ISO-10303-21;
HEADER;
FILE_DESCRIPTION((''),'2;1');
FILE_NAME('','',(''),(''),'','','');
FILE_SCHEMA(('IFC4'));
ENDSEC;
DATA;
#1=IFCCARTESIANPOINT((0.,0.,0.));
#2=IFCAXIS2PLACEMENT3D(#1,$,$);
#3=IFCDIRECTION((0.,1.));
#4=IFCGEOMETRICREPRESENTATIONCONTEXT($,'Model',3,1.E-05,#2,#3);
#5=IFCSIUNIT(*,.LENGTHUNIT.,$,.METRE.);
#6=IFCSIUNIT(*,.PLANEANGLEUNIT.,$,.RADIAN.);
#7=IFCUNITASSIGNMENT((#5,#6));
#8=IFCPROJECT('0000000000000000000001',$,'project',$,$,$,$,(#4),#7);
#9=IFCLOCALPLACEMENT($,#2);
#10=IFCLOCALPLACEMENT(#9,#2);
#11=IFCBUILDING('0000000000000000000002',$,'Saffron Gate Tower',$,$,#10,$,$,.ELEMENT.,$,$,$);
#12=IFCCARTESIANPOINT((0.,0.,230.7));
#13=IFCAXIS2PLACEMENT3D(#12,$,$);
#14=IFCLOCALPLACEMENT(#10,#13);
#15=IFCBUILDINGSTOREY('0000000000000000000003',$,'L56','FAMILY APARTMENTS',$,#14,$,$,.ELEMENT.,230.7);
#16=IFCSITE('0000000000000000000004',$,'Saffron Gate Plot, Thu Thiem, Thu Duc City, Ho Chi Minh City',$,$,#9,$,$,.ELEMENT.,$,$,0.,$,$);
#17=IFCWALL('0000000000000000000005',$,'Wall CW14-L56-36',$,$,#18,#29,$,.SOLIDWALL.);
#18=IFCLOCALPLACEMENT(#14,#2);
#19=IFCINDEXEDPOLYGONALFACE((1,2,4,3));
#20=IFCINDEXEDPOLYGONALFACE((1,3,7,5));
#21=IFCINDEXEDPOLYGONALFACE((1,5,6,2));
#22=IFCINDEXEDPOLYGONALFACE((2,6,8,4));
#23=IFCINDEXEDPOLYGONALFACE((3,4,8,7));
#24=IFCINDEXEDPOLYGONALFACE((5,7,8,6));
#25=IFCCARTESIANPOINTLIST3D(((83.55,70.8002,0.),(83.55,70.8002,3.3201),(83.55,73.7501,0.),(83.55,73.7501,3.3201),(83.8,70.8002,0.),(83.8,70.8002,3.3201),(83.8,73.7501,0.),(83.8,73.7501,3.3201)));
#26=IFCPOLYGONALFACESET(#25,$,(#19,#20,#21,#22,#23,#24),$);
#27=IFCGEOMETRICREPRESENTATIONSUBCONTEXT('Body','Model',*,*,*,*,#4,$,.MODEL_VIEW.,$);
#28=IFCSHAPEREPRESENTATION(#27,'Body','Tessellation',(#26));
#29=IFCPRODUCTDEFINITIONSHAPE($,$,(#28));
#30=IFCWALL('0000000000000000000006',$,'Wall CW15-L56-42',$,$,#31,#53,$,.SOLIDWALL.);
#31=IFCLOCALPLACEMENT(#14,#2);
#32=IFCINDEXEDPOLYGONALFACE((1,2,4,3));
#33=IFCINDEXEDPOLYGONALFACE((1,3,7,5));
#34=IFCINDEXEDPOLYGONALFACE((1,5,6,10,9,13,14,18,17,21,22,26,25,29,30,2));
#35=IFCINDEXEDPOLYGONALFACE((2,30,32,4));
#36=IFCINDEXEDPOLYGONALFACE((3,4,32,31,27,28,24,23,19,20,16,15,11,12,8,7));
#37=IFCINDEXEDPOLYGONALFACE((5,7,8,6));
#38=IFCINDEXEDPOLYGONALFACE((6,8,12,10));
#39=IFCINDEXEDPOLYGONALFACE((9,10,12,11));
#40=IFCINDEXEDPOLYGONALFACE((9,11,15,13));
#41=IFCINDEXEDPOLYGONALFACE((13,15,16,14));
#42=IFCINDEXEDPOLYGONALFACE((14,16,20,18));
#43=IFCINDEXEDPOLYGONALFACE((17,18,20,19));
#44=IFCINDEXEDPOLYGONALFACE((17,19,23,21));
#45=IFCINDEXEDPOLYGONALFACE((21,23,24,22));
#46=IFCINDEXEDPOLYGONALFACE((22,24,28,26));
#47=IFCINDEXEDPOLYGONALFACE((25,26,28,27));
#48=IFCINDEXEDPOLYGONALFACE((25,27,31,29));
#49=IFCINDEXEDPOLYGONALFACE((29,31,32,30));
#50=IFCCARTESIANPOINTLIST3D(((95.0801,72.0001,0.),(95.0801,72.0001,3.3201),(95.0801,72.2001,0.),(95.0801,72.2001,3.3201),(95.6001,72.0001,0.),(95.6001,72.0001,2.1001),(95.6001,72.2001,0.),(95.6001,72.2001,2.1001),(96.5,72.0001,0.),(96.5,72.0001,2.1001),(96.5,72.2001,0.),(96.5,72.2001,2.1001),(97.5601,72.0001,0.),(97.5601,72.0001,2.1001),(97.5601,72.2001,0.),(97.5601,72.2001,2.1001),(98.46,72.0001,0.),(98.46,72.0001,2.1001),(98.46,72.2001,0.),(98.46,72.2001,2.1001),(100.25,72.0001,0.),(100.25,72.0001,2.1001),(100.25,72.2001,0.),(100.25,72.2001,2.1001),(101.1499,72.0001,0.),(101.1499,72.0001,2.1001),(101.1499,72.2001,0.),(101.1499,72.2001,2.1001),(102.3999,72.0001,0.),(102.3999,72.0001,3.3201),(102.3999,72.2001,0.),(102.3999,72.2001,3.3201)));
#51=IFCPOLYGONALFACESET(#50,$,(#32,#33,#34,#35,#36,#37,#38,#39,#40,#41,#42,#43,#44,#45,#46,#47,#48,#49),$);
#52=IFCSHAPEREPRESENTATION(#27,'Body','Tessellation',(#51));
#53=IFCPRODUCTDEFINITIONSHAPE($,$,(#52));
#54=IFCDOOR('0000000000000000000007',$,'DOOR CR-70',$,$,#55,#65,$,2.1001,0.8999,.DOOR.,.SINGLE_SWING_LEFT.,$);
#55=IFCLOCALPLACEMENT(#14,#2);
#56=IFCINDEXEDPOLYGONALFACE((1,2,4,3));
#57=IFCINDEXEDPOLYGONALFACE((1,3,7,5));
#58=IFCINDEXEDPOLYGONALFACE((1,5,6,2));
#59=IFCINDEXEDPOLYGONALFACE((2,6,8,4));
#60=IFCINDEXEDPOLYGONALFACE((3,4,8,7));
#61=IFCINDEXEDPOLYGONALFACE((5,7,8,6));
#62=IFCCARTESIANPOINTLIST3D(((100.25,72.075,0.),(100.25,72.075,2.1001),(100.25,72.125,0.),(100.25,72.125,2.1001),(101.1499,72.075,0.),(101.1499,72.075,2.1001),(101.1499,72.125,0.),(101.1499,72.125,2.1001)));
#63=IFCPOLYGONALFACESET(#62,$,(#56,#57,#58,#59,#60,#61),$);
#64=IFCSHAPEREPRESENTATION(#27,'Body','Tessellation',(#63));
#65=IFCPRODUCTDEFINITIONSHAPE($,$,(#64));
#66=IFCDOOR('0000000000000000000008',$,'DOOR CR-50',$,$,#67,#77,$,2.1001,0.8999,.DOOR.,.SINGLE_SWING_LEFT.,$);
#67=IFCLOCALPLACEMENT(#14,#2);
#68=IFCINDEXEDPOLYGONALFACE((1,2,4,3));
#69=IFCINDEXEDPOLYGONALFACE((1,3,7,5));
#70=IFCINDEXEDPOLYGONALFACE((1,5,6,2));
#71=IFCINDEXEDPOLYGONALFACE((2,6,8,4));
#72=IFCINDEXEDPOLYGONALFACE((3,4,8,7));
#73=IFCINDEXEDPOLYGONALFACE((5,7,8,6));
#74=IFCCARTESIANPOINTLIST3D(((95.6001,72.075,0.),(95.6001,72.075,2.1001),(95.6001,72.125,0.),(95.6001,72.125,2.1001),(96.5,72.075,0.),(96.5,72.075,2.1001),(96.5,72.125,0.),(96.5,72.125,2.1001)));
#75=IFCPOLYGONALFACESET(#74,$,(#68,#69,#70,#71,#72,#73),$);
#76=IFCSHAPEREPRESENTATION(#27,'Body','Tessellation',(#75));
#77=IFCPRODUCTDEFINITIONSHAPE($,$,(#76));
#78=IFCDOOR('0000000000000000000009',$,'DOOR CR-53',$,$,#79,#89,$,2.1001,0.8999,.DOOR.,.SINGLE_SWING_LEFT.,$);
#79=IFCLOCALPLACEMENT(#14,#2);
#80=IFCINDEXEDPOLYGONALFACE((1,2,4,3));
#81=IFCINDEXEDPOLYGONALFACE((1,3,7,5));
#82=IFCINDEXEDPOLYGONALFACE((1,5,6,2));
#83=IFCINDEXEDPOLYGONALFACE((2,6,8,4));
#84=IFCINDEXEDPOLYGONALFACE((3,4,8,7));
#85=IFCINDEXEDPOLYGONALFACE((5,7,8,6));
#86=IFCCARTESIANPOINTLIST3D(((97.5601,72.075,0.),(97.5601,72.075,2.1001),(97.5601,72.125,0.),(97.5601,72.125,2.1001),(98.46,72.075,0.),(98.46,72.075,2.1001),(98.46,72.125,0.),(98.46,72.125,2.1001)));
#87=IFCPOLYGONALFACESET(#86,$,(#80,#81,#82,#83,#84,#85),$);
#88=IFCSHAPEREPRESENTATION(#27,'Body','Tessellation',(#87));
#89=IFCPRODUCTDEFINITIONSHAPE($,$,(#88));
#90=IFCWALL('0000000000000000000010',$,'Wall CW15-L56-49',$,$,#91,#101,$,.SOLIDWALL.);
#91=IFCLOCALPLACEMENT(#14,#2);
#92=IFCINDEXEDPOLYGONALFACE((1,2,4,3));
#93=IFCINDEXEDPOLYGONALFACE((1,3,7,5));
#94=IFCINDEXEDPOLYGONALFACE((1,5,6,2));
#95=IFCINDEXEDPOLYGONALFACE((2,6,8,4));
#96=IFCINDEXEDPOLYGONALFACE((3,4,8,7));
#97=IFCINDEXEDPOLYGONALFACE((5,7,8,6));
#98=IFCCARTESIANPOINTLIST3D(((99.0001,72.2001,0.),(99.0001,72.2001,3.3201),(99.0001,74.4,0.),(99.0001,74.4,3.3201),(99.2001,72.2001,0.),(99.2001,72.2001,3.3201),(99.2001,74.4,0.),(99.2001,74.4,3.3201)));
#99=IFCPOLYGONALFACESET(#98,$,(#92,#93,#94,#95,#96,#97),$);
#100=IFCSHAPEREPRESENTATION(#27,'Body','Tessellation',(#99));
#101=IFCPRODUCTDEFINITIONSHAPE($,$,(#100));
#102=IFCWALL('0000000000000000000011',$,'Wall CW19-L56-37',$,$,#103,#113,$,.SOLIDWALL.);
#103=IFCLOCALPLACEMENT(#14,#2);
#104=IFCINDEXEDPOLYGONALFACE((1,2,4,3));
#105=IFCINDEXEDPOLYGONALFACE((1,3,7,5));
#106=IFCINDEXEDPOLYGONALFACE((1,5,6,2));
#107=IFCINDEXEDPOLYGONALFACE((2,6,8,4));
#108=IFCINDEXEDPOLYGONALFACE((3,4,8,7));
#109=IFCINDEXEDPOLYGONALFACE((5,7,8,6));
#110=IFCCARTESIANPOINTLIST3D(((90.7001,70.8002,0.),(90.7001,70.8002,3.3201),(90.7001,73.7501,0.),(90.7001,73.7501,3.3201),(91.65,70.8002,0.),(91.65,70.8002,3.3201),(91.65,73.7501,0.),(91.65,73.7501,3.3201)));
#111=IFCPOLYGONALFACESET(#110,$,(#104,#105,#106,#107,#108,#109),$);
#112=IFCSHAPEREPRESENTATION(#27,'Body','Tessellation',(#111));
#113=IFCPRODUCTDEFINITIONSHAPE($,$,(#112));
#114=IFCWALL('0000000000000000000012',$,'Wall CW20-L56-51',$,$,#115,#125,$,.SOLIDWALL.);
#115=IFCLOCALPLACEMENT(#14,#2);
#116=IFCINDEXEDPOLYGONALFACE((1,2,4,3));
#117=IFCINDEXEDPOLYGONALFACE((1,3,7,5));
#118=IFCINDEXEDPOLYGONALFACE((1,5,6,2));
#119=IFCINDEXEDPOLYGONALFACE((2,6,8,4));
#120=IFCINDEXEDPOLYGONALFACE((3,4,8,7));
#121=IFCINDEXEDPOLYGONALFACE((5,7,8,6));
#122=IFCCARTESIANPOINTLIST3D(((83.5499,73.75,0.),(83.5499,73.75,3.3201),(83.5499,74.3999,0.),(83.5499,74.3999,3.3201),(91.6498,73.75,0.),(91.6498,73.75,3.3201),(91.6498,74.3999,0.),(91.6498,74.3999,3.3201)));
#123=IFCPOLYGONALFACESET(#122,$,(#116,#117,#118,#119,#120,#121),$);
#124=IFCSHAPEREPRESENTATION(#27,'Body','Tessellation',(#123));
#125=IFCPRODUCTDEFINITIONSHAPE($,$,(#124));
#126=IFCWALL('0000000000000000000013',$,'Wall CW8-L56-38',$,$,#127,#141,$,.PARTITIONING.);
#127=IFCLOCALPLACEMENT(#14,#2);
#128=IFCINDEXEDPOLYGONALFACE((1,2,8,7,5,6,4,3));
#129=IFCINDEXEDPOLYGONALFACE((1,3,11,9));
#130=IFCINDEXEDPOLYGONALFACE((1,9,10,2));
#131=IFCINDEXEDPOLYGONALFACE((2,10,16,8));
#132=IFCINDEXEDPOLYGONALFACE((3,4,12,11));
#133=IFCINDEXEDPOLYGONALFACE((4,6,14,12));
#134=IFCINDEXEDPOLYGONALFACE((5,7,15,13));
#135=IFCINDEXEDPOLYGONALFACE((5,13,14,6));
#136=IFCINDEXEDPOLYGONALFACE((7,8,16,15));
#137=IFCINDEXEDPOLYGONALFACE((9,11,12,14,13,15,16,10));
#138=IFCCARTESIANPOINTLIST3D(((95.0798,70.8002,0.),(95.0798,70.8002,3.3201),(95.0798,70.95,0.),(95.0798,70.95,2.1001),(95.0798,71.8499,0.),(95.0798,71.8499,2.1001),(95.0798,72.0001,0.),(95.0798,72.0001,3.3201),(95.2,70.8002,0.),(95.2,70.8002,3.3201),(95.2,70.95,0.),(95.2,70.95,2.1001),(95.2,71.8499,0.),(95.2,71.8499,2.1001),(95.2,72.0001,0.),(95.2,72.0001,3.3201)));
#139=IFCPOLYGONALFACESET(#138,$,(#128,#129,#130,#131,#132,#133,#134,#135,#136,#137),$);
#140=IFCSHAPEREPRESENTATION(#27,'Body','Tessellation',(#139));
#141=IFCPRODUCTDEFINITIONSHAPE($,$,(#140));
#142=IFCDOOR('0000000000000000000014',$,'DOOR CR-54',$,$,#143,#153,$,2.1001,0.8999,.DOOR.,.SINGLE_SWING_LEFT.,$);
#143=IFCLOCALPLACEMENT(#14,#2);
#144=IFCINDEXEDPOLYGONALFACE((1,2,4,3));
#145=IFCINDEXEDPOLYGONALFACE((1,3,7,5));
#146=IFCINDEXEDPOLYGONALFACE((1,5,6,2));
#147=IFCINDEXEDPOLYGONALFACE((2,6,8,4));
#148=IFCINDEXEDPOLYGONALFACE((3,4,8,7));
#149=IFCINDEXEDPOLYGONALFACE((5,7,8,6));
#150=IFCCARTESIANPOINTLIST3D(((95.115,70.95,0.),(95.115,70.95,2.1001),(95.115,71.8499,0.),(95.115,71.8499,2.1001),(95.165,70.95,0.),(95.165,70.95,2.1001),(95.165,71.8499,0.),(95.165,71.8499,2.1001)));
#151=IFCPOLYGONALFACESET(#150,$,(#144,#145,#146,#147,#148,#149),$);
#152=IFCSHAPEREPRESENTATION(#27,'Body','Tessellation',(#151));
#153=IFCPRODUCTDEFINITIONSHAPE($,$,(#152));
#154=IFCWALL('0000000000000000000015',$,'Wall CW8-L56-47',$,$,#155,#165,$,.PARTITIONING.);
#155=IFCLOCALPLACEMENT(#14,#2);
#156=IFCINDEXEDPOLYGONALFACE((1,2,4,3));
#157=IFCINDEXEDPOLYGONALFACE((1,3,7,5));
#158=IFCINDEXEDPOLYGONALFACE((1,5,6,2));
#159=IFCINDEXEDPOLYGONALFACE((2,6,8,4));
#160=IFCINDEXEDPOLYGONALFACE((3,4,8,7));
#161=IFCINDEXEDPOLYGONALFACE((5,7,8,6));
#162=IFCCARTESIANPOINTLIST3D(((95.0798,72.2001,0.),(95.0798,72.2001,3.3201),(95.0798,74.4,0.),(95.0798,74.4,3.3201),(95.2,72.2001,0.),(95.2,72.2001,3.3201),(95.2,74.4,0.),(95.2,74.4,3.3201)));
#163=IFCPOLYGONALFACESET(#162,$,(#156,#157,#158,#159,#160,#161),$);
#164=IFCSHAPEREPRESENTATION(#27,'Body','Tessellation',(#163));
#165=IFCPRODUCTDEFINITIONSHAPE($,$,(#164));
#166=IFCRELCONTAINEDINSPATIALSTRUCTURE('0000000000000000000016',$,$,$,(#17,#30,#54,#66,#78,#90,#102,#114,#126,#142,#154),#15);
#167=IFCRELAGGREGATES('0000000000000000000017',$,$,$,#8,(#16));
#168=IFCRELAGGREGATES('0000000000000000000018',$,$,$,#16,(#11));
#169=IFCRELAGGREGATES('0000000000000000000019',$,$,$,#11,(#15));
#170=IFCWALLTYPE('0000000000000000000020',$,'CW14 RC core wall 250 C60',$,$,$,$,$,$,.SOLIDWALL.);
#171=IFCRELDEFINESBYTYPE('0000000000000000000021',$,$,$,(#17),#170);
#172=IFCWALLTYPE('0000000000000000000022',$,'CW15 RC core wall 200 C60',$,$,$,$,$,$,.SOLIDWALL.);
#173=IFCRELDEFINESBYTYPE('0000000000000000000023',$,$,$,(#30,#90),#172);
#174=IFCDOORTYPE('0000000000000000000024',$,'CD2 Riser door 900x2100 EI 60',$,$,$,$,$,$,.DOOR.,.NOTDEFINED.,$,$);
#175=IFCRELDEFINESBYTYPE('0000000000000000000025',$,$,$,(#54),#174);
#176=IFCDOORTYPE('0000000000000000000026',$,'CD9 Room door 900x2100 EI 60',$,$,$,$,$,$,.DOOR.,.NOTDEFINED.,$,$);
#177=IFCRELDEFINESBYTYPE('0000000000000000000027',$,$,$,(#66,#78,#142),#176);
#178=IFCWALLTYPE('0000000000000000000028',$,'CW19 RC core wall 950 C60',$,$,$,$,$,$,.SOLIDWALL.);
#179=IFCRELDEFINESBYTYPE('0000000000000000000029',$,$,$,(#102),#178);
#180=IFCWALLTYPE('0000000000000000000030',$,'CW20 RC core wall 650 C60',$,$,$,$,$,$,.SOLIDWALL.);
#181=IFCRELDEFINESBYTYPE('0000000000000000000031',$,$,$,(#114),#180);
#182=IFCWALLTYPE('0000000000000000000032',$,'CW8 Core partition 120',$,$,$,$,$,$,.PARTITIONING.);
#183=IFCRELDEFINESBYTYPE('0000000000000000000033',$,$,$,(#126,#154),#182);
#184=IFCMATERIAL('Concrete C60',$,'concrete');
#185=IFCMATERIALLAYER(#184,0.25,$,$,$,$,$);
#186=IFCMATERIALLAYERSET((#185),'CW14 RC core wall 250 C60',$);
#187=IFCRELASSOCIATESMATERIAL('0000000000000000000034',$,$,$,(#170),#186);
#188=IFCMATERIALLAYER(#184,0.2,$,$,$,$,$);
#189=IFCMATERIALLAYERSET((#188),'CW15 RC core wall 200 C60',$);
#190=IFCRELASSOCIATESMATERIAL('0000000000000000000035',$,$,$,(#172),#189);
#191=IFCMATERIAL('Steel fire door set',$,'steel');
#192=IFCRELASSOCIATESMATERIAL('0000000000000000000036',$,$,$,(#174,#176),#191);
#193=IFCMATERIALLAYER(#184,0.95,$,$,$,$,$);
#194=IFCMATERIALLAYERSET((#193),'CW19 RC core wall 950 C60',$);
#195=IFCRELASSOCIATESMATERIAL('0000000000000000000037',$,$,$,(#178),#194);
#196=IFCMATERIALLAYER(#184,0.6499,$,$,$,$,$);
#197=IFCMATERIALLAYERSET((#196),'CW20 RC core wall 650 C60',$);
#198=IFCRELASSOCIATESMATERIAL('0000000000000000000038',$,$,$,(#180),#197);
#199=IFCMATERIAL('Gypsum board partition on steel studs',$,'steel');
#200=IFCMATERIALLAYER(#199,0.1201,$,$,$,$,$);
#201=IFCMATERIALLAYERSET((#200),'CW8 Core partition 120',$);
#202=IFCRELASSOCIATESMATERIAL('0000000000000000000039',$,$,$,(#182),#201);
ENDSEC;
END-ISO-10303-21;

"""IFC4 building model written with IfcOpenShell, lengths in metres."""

from ifc_helpers import new_model, si_unit, direction, frame, frame_2d, origin, place, context, subcontext, project, spatial, rectangle, extrude, material, layer, layer_set, type_object, element, fill, save


model = new_model("IFC4")

# Units and contexts
model_context = context("Model", 3, precision=1e-05, world=origin(), true_north=direction((0.0, 1.0)))
body_context = subcontext(model_context, "Body", "Model", "MODEL_VIEW")
ifc_project = project(units=[si_unit("LENGTHUNIT", "METRE"), si_unit("PLANEANGLEUNIT", "RADIAN")], contexts=[model_context])

# Site, building, storey
site_placement = place(None, origin())
site = spatial("IfcSite", under=ifc_project, at=site_placement, Name="Saffron Gate Plot, Thu Thiem, Thu Duc City, Ho Chi Minh City", CompositionType="ELEMENT", RefElevation=0.0)
building_placement = place(site_placement, origin())
building = spatial("IfcBuilding", under=site, at=building_placement, Name="Saffron Gate Tower", CompositionType="ELEMENT")
storey_placement = place(building_placement, frame((0.0, 0.0, 230.7)))
storey = spatial("IfcBuildingStorey", under=building, at=storey_placement, Name="L56", Description="FAMILY APARTMENTS", CompositionType="ELEMENT", Elevation=230.7)

# Wall
ifc_material_1 = material(Name="Concrete C60", Category="concrete")
ifc_layer_1 = layer(ifc_material_1, 0.25)
ifc_layer_set_1 = layer_set([ifc_layer_1], Name="CW14 RC core wall 250 C60")
wall_type_1 = type_object("IfcWallType", Name="CW14 RC core wall 250 C60", PredefinedType="SOLIDWALL", material=ifc_layer_set_1)
wall_1_placement = place(storey_placement, frame((83.675, 70.8, 0.0), z_axis=(0.0, 0.0, 1.0), x_axis=(0.0, 1.0, 0.0)))
element("IfcWall", 1, at=wall_1_placement, inside=storey, type_object=wall_type_1, Name="Wall CW14-L56-36", PredefinedType="SOLIDWALL", context=body_context, shape_type="SweptSolid", body=[
    extrude(rectangle(XDim=2.95, YDim=0.25, at=frame_2d((1.4751, 0.0))), origin(), (0.0, 0.0, 1.0), 3.3201),
])

# Wall, openings, doors
ifc_layer_2 = layer(ifc_material_1, 0.2)
ifc_layer_set_2 = layer_set([ifc_layer_2], Name="CW15 RC core wall 200 C60")
wall_type_2 = type_object("IfcWallType", Name="CW15 RC core wall 200 C60", PredefinedType="SOLIDWALL", material=ifc_layer_set_2)
wall_2_placement = place(storey_placement, frame((95.0801, 72.1001, 0.0), z_axis=(0.0, 0.0, 1.0), x_axis=(1.0, 0.0, 0.0)))
wall_2 = element("IfcWall", 2, at=wall_2_placement, inside=storey, type_object=wall_type_2, Name="Wall CW15-L56-42", PredefinedType="SOLIDWALL", context=body_context, shape_type="SweptSolid", body=[
    extrude(rectangle(XDim=7.3198, YDim=0.2, at=frame_2d((3.6599, 0.0))), origin(), (0.0, 0.0, 1.0), 3.3201),
])
opening_1_placement = place(wall_2_placement, frame((0.52, 0.0, 0.0)))
opening_1 = element("IfcOpeningElement", 3, at=opening_1_placement, cuts=wall_2, PredefinedType="OPENING", context=body_context, shape_type="SweptSolid", body=[
    extrude(rectangle(XDim=0.8999, YDim=2.1001, at=frame_2d((0.45, 1.05))), frame((0.0, 0.1099, 0.0), z_axis=(0.0, -1.0, 0.0), x_axis=(1.0, 0.0, 0.0)), (0.0, 0.0, 1.0), 0.22),
])
opening_2_placement = place(wall_2_placement, frame((2.48, 0.0, 0.0)))
opening_2 = element("IfcOpeningElement", 4, at=opening_2_placement, cuts=wall_2, PredefinedType="OPENING", context=body_context, shape_type="SweptSolid", body=[
    extrude(rectangle(XDim=0.8999, YDim=2.1001, at=frame_2d((0.45, 1.05))), frame((0.0, 0.1099, 0.0), z_axis=(0.0, -1.0, 0.0), x_axis=(1.0, 0.0, 0.0)), (0.0, 0.0, 1.0), 0.22),
])
opening_3_placement = place(wall_2_placement, frame((5.1699, 0.0, 0.0)))
opening_3 = element("IfcOpeningElement", 5, at=opening_3_placement, cuts=wall_2, PredefinedType="OPENING", context=body_context, shape_type="SweptSolid", body=[
    extrude(rectangle(XDim=0.8999, YDim=2.1001, at=frame_2d((0.45, 1.05))), frame((0.0, 0.1099, 0.0), z_axis=(0.0, -1.0, 0.0), x_axis=(1.0, 0.0, 0.0)), (0.0, 0.0, 1.0), 0.22),
])
ifc_material_2 = material(Name="Steel fire door set", Category="steel")
door_type_1 = type_object("IfcDoorType", Name="CD2 Riser door 900x2100 EI 60", OperationType="NOTDEFINED", PredefinedType="DOOR", material=ifc_material_2)
door_1_placement = place(opening_3_placement, origin())
door_1 = element("IfcDoor", 6, at=door_1_placement, inside=storey, type_object=door_type_1, Name="DOOR CR-70", OperationType="SINGLE_SWING_LEFT", OverallHeight=2.1001, OverallWidth=0.8999, PredefinedType="DOOR", context=body_context, shape_type="SweptSolid", body=[
    extrude(rectangle(XDim=0.8999, YDim=2.1001, at=frame_2d((0.45, 1.05))), frame((0.0, 0.0249, 0.0), z_axis=(0.0, -1.0, 0.0), x_axis=(1.0, 0.0, 0.0)), (0.0, 0.0, 1.0), 0.05),
])
fill(opening_3, door_1)
door_type_2 = type_object("IfcDoorType", Name="CD9 Room door 900x2100 EI 60", OperationType="NOTDEFINED", PredefinedType="DOOR", material=ifc_material_2)
door_2_placement = place(opening_1_placement, origin())
door_2 = element("IfcDoor", 7, at=door_2_placement, inside=storey, type_object=door_type_2, Name="DOOR CR-50", OperationType="SINGLE_SWING_LEFT", OverallHeight=2.1001, OverallWidth=0.8999, PredefinedType="DOOR", context=body_context, shape_type="SweptSolid", body=[
    extrude(rectangle(XDim=0.8999, YDim=2.1001, at=frame_2d((0.45, 1.05))), frame((0.0, 0.0249, 0.0), z_axis=(0.0, -1.0, 0.0), x_axis=(1.0, 0.0, 0.0)), (0.0, 0.0, 1.0), 0.05),
])
fill(opening_1, door_2)
door_3_placement = place(opening_2_placement, origin())
door_3 = element("IfcDoor", 8, at=door_3_placement, inside=storey, type_object=door_type_2, Name="DOOR CR-53", OperationType="SINGLE_SWING_LEFT", OverallHeight=2.1001, OverallWidth=0.8999, PredefinedType="DOOR", context=body_context, shape_type="SweptSolid", body=[
    extrude(rectangle(XDim=0.8999, YDim=2.1001, at=frame_2d((0.45, 1.05))), frame((0.0, 0.0249, 0.0), z_axis=(0.0, -1.0, 0.0), x_axis=(1.0, 0.0, 0.0)), (0.0, 0.0, 1.0), 0.05),
])
fill(opening_2, door_3)

# Walls
wall_3_placement = place(storey_placement, frame((99.1001, 72.2, 0.0), z_axis=(0.0, 0.0, 1.0), x_axis=(0.0, 1.0, 0.0)))
element("IfcWall", 9, at=wall_3_placement, inside=storey, type_object=wall_type_2, Name="Wall CW15-L56-49", PredefinedType="SOLIDWALL", context=body_context, shape_type="SweptSolid", body=[
    extrude(rectangle(XDim=2.2, YDim=0.2, at=frame_2d((1.1001, 0.0))), origin(), (0.0, 0.0, 1.0), 3.3201),
])
ifc_layer_3 = layer(ifc_material_1, 0.95)
ifc_layer_set_3 = layer_set([ifc_layer_3], Name="CW19 RC core wall 950 C60")
wall_type_3 = type_object("IfcWallType", Name="CW19 RC core wall 950 C60", PredefinedType="SOLIDWALL", material=ifc_layer_set_3)
wall_4_placement = place(storey_placement, frame((91.175, 70.8, 0.0), z_axis=(0.0, 0.0, 1.0), x_axis=(0.0, 1.0, 0.0)))
element("IfcWall", 10, at=wall_4_placement, inside=storey, type_object=wall_type_3, Name="Wall CW19-L56-37", PredefinedType="SOLIDWALL", context=body_context, shape_type="SweptSolid", body=[
    extrude(rectangle(XDim=2.95, YDim=0.95, at=frame_2d((1.4751, 0.0))), origin(), (0.0, 0.0, 1.0), 3.3201),
])
ifc_layer_4 = layer(ifc_material_1, 0.6499)
ifc_layer_set_4 = layer_set([ifc_layer_4], Name="CW20 RC core wall 650 C60")
wall_type_4 = type_object("IfcWallType", Name="CW20 RC core wall 650 C60", PredefinedType="SOLIDWALL", material=ifc_layer_set_4)
wall_5_placement = place(storey_placement, frame((83.55, 74.075, 0.0), z_axis=(0.0, 0.0, 1.0), x_axis=(1.0, 0.0, 0.0)))
element("IfcWall", 11, at=wall_5_placement, inside=storey, type_object=wall_type_4, Name="Wall CW20-L56-51", PredefinedType="SOLIDWALL", context=body_context, shape_type="SweptSolid", body=[
    extrude(rectangle(XDim=8.0999, YDim=0.6499, at=frame_2d((4.0498, 0.0))), origin(), (0.0, 0.0, 1.0), 3.3201),
])

# Wall, opening, door
ifc_material_3 = material(Name="Gypsum board partition on steel studs", Category="steel")
ifc_layer_5 = layer(ifc_material_3, 0.1201)
ifc_layer_set_5 = layer_set([ifc_layer_5], Name="CW8 Core partition 120")
wall_type_5 = type_object("IfcWallType", Name="CW8 Core partition 120", PredefinedType="PARTITIONING", material=ifc_layer_set_5)
wall_6_placement = place(storey_placement, frame((95.1399, 70.8, 0.0), z_axis=(0.0, 0.0, 1.0), x_axis=(0.0, 1.0, 0.0)))
wall_6 = element("IfcWall", 12, at=wall_6_placement, inside=storey, type_object=wall_type_5, Name="Wall CW8-L56-38", PredefinedType="PARTITIONING", context=body_context, shape_type="SweptSolid", body=[
    extrude(rectangle(XDim=1.2, YDim=0.1201, at=frame_2d((0.6001, 0.0))), origin(), (0.0, 0.0, 1.0), 3.3201),
])
opening_4_placement = place(wall_6_placement, frame((0.1499, 0.0, 0.0)))
opening_4 = element("IfcOpeningElement", 13, at=opening_4_placement, cuts=wall_6, PredefinedType="OPENING", context=body_context, shape_type="SweptSolid", body=[
    extrude(rectangle(XDim=0.8999, YDim=2.1001, at=frame_2d((0.45, 1.05))), frame((0.0, 0.0701, 0.0), z_axis=(0.0, -1.0, 0.0), x_axis=(1.0, 0.0, 0.0)), (0.0, 0.0, 1.0), 0.1401),
])
door_4_placement = place(opening_4_placement, origin())
door_4 = element("IfcDoor", 14, at=door_4_placement, inside=storey, type_object=door_type_2, Name="DOOR CR-54", OperationType="SINGLE_SWING_LEFT", OverallHeight=2.1001, OverallWidth=0.8999, PredefinedType="DOOR", context=body_context, shape_type="SweptSolid", body=[
    extrude(rectangle(XDim=0.8999, YDim=2.1001, at=frame_2d((0.45, 1.05))), frame((0.0, 0.0249, 0.0), z_axis=(0.0, -1.0, 0.0), x_axis=(1.0, 0.0, 0.0)), (0.0, 0.0, 1.0), 0.05),
])
fill(opening_4, door_4)

# Wall
for number, where, z_axis, x_axis, name in (
    (15, (95.1399, 72.2, 0.0), (0.0, 0.0, 1.0), (0.0, 1.0, 0.0), "Wall CW8-L56-47"),
):
    element("IfcWall", number, at=place(storey_placement, frame(where, z_axis=z_axis, x_axis=x_axis)), inside=storey, type_object=wall_type_5, Name=name, PredefinedType="PARTITIONING", context=body_context, shape_type="SweptSolid", body=[
        extrude(rectangle(XDim=2.2, YDim=0.1201, at=frame_2d((1.1001, 0.0))), origin(), (0.0, 0.0, 1.0), 3.3201),
    ])

save(model, "model.ifc")
